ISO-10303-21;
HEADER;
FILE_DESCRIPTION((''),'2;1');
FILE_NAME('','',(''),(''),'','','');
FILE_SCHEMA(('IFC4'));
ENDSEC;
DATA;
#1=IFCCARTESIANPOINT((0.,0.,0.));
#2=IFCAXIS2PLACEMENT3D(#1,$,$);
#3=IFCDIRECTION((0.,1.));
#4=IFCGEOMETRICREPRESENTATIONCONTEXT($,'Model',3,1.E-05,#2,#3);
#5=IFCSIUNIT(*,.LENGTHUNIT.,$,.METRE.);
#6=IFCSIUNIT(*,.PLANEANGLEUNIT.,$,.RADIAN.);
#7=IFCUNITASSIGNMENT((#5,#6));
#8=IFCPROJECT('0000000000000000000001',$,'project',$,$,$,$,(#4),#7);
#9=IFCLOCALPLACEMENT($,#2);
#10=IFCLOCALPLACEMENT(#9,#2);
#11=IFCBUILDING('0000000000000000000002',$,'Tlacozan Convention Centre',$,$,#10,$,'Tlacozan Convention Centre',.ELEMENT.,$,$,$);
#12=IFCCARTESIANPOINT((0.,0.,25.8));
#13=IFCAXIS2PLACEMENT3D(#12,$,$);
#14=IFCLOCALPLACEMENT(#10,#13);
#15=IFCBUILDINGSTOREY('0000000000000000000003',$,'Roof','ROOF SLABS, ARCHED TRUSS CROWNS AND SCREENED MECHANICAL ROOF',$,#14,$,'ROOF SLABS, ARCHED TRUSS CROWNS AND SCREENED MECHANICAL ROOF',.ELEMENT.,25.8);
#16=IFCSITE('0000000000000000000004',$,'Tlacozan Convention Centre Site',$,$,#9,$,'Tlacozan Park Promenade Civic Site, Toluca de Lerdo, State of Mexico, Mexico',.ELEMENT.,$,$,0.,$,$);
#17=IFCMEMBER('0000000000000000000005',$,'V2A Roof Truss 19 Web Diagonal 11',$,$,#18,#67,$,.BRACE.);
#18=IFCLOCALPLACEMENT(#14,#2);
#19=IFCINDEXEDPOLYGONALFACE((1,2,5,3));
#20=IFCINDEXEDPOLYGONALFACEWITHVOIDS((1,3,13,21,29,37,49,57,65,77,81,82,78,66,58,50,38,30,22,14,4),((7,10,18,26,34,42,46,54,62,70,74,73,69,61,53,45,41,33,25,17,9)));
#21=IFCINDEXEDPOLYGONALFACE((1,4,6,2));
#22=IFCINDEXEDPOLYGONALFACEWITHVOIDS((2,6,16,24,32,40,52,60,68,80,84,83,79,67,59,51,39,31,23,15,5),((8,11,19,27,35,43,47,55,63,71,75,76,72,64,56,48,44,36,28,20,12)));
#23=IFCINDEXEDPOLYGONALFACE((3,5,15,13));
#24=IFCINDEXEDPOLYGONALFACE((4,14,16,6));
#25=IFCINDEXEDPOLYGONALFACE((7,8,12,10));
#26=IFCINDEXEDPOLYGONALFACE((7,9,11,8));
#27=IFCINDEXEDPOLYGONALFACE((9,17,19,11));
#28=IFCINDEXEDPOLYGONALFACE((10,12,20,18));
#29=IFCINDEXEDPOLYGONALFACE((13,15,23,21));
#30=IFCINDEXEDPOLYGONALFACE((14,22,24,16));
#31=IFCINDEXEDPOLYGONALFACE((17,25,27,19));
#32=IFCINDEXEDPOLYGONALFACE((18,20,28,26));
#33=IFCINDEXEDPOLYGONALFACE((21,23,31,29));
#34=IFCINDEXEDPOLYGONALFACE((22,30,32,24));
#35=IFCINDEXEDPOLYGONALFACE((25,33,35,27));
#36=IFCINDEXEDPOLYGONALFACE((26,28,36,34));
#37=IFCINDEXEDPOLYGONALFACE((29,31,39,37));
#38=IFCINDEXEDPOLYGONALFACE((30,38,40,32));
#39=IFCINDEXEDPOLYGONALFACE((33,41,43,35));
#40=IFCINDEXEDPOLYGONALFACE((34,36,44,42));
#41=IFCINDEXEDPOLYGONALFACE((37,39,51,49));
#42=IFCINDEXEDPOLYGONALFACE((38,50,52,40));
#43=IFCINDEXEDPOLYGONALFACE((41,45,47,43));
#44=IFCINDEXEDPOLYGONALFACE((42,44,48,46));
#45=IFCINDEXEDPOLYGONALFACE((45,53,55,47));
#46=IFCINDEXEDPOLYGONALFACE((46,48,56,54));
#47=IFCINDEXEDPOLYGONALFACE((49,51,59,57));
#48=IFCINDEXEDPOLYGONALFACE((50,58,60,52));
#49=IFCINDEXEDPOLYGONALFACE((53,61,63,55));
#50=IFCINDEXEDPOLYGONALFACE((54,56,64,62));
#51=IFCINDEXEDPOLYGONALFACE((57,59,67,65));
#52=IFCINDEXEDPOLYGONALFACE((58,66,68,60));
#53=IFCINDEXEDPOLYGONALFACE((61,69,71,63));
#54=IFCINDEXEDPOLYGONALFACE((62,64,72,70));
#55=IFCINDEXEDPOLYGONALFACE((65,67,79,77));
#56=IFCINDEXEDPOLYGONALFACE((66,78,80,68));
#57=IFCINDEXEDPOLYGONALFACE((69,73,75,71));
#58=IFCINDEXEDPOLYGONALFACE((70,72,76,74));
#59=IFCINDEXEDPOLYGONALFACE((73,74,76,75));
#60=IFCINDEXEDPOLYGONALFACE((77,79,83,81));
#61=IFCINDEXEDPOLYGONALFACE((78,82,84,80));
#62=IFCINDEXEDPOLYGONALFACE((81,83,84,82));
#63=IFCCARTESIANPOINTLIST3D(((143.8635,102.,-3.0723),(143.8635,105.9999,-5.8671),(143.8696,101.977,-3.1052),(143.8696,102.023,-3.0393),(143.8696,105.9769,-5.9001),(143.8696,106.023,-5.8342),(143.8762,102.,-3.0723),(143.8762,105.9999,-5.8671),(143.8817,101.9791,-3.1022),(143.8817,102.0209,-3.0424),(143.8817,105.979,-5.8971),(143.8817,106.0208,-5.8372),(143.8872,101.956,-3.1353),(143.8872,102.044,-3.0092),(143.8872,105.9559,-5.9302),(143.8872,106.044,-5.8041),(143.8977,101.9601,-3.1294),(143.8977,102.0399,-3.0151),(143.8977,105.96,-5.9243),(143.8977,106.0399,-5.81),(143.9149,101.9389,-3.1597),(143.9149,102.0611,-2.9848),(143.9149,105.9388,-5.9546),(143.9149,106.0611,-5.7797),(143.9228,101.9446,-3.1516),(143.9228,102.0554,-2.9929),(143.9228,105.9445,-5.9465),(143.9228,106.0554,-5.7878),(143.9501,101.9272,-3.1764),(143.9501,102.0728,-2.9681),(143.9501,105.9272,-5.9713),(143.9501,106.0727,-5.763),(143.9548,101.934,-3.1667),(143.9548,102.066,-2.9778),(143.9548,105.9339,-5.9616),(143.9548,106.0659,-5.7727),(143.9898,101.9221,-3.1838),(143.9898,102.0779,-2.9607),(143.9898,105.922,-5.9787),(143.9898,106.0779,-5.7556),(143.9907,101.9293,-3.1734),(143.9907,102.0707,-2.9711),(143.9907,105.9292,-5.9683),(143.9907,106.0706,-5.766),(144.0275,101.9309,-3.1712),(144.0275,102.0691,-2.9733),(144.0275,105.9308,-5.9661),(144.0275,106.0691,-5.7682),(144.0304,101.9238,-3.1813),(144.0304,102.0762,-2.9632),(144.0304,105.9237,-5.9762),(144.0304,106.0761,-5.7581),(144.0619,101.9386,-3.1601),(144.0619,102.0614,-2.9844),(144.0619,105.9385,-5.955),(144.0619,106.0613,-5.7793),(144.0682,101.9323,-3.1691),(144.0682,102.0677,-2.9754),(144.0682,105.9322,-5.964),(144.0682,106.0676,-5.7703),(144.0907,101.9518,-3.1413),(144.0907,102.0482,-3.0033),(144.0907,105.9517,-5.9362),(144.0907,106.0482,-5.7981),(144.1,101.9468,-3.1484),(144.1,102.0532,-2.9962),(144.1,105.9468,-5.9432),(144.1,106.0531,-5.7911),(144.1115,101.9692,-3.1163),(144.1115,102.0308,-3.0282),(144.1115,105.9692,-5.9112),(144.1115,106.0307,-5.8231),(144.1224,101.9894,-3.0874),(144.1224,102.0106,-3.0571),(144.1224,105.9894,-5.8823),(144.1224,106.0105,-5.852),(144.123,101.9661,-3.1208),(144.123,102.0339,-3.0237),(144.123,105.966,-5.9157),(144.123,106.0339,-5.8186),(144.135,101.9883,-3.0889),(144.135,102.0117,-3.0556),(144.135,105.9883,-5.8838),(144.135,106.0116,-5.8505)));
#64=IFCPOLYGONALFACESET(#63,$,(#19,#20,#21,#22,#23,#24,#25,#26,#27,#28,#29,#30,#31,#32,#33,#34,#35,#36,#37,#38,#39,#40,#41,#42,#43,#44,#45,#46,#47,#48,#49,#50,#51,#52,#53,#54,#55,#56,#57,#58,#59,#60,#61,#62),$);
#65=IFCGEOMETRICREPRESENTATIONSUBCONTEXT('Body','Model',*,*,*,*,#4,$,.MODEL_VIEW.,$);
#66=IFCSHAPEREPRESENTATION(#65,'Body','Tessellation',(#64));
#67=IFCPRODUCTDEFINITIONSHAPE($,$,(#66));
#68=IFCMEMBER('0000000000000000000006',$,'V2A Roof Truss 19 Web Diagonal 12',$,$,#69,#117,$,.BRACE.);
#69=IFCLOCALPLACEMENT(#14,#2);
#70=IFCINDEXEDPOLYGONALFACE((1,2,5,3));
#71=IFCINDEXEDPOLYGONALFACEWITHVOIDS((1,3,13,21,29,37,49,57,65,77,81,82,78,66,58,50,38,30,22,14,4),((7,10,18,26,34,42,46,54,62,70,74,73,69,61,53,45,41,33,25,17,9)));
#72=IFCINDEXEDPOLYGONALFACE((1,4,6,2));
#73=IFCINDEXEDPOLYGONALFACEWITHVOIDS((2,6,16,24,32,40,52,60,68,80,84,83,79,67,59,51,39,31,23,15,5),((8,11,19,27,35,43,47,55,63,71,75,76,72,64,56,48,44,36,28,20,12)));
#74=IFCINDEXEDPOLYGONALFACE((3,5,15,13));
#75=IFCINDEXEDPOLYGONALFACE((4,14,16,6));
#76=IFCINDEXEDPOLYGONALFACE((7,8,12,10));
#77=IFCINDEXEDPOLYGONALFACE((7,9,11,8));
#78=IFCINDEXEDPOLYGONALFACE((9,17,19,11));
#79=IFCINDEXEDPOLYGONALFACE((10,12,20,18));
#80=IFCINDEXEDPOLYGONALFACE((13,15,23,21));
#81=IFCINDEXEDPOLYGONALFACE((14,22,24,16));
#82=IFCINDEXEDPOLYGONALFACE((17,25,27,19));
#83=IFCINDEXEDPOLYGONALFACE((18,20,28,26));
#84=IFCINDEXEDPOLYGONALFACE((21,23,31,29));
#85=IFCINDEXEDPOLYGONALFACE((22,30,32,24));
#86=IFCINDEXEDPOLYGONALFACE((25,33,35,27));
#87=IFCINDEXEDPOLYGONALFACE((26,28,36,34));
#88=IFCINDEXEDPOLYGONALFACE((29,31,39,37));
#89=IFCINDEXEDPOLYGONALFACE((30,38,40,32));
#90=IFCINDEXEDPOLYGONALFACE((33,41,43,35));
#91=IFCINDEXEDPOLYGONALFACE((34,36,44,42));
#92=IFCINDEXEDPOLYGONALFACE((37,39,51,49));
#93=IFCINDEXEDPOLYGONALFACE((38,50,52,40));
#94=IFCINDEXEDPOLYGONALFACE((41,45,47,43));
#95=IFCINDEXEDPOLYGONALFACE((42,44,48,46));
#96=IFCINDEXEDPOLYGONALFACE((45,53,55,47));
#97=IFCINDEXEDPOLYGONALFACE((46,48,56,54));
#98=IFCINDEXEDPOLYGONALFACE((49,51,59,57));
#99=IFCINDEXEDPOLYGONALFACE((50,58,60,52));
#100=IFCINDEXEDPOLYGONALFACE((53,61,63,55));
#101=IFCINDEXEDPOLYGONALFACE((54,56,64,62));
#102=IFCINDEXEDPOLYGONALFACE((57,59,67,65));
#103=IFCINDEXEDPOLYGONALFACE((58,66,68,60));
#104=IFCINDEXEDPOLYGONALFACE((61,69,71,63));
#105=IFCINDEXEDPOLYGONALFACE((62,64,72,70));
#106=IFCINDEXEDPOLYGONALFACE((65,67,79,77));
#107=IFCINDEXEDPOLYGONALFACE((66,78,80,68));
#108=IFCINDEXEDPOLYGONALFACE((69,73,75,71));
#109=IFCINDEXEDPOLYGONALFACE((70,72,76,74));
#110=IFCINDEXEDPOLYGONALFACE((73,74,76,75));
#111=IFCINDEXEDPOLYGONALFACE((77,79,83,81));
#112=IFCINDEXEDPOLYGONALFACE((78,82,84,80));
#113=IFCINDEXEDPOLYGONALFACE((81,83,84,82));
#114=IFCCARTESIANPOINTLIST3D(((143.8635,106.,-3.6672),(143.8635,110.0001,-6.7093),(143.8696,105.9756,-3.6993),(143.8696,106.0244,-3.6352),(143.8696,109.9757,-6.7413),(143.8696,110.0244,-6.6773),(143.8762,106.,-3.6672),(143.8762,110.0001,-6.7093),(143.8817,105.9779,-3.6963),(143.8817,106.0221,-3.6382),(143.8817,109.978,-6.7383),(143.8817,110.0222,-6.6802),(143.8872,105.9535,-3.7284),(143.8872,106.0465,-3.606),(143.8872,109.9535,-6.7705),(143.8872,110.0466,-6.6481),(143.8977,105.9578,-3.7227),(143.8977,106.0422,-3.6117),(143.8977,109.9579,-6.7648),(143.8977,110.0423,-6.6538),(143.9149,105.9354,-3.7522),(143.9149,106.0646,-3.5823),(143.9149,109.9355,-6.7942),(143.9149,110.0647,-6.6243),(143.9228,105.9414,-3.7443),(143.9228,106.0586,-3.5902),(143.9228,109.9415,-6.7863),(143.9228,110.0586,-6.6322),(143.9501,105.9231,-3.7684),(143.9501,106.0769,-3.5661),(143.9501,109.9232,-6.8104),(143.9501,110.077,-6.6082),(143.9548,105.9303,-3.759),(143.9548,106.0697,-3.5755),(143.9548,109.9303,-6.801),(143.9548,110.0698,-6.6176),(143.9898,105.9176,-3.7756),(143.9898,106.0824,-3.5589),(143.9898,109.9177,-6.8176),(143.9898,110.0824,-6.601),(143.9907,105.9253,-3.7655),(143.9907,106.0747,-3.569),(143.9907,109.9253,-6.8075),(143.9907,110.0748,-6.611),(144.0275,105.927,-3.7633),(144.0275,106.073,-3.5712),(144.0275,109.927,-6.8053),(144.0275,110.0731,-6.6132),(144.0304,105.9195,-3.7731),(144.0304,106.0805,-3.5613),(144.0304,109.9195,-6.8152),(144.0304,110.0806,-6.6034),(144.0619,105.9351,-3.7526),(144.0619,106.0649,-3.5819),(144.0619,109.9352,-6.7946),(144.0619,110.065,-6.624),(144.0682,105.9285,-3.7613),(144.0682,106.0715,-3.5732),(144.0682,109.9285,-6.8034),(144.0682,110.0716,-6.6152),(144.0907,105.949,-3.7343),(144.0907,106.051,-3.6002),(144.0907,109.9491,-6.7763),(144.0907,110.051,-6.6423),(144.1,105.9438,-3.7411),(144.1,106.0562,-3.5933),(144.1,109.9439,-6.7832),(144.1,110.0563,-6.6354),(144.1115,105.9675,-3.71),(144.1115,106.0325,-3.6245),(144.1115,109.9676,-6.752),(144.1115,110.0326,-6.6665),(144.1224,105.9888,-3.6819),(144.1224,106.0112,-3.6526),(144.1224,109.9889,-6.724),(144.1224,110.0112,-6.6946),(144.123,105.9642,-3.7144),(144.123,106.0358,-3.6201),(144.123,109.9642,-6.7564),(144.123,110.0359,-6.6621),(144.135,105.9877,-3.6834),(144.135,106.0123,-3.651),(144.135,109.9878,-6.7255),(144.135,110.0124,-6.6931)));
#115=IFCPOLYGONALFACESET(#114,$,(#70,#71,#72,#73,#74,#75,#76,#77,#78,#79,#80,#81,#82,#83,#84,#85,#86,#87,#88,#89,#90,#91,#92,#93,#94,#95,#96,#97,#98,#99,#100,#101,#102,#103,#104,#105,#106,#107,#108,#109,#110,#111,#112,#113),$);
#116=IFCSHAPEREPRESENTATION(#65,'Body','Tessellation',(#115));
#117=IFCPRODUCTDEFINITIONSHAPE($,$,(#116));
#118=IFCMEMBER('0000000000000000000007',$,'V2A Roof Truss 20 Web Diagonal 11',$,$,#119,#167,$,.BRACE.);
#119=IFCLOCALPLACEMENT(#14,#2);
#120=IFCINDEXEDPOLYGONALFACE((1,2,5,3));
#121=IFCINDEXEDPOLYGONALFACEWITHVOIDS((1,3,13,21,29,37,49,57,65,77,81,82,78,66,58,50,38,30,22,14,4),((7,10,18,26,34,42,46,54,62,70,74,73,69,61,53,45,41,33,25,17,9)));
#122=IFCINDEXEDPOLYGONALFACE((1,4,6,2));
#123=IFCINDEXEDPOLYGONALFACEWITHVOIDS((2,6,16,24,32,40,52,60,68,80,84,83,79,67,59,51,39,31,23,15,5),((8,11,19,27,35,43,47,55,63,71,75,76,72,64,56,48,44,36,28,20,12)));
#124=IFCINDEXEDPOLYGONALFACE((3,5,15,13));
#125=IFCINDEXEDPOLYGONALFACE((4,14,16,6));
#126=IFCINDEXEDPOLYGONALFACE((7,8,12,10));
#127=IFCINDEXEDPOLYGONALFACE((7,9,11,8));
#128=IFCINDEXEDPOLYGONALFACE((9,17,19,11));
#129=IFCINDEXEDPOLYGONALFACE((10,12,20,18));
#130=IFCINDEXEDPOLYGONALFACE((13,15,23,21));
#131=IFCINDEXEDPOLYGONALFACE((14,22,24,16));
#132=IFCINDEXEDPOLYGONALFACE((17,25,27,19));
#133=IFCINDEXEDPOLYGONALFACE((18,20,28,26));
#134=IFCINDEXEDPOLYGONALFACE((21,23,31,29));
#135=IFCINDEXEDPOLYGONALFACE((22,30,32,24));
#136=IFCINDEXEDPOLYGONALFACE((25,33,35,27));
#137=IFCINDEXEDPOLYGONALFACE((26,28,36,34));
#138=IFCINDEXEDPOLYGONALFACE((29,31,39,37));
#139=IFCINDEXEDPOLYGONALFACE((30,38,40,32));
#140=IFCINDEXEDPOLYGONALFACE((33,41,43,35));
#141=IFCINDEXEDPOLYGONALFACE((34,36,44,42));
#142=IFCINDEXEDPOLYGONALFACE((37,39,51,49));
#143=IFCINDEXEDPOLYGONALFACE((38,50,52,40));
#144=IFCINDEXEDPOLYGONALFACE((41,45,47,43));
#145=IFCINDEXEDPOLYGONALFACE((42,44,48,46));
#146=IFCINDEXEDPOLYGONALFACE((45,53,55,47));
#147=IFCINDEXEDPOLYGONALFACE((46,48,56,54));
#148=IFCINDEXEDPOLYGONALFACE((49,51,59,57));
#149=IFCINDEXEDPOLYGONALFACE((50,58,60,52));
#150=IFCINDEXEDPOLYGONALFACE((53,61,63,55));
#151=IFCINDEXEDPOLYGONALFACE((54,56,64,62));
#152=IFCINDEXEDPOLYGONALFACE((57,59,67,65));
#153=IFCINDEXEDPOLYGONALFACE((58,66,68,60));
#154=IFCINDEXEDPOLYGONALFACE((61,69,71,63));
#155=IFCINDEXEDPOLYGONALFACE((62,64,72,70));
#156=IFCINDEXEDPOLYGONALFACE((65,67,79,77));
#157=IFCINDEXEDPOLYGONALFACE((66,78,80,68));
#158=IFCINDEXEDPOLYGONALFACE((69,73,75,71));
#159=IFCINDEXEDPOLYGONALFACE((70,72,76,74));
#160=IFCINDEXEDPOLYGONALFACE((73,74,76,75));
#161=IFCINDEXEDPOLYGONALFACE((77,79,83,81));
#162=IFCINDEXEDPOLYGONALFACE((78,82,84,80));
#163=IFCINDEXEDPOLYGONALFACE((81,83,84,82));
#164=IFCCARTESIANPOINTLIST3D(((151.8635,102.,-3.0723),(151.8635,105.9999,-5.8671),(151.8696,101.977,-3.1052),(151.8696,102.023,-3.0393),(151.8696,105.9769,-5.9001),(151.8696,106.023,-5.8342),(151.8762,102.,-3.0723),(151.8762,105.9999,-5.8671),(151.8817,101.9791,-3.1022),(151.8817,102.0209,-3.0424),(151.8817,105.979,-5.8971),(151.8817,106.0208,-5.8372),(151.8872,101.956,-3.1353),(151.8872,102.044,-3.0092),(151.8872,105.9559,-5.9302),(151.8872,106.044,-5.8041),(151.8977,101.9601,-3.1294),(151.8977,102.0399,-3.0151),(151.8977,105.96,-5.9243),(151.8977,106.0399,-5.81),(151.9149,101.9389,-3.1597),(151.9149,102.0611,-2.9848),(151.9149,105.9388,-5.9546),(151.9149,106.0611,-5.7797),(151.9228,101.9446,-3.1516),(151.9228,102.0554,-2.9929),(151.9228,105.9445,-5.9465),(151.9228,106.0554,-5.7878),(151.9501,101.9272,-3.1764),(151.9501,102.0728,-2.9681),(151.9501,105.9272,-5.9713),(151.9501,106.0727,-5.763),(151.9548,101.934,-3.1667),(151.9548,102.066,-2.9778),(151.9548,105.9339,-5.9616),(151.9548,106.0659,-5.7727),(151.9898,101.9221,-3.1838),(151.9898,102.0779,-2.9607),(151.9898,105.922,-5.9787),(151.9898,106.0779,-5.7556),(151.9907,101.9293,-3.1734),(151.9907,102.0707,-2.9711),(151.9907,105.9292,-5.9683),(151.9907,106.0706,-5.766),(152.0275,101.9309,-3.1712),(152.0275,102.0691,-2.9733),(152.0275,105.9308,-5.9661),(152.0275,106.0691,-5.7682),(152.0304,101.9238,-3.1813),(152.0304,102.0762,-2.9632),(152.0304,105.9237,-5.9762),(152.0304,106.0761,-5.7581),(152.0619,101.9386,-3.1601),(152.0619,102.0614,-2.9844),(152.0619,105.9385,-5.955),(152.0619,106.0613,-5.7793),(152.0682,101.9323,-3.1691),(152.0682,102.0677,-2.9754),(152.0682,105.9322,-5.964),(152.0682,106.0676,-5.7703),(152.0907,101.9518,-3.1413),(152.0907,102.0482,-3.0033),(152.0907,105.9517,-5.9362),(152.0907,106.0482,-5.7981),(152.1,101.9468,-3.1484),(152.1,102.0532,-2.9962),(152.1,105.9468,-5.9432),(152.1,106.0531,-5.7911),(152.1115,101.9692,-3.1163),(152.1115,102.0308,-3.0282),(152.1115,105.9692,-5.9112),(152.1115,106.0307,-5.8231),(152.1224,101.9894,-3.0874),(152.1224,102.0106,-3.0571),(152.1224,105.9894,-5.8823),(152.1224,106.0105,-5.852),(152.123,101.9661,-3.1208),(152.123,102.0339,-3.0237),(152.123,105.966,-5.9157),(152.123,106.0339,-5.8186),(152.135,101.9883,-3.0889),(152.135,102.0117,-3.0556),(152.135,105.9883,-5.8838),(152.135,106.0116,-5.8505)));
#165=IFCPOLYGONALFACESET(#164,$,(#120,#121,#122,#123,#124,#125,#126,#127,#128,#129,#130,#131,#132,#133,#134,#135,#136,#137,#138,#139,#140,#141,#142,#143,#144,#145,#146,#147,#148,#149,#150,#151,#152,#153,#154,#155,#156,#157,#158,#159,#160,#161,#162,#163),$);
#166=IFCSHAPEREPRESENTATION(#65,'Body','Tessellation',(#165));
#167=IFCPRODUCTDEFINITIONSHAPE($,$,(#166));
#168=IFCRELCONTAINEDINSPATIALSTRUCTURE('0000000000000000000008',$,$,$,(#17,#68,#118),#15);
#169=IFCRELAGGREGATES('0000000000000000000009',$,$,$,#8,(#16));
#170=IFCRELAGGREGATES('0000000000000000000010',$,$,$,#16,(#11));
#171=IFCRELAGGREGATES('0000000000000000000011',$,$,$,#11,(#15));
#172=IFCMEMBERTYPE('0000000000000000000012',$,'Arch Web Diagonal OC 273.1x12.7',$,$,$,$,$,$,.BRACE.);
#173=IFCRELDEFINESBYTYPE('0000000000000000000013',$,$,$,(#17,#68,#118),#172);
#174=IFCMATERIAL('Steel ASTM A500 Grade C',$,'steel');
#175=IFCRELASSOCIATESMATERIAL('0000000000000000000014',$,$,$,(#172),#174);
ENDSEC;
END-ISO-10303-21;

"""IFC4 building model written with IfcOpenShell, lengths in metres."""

from ifc_helpers import new_model, si_unit, direction, frame, origin, origin_2d, place, context, subcontext, project, spatial, hollow_circle, extrude, material, material_profile, profile_set, type_object, element, save


model = new_model("IFC4")

# Units and contexts
model_context = context("Model", 3, precision=1e-05, world=origin(), true_north=direction((0.0, 1.0)))
body_context = subcontext(model_context, "Body", "Model", "MODEL_VIEW")
ifc_project = project(units=[si_unit("LENGTHUNIT", "METRE"), si_unit("PLANEANGLEUNIT", "RADIAN")], contexts=[model_context])

# Site, building, storey
site_placement = place(None, origin())
site = spatial("IfcSite", under=ifc_project, at=site_placement, Name="Tlacozan Convention Centre Site", LongName="Tlacozan Park Promenade Civic Site, Toluca de Lerdo, State of Mexico, Mexico", CompositionType="ELEMENT", RefElevation=0.0)
building_placement = place(site_placement, origin())
building = spatial("IfcBuilding", under=site, at=building_placement, Name="Tlacozan Convention Centre", LongName="Tlacozan Convention Centre", CompositionType="ELEMENT")
storey_placement = place(building_placement, frame((0.0, 0.0, 25.8)))
storey = spatial("IfcBuildingStorey", under=building, at=storey_placement, Name="Roof", Description="ROOF SLABS, ARCHED TRUSS CROWNS AND SCREENED MECHANICAL ROOF", LongName="ROOF SLABS, ARCHED TRUSS CROWNS AND SCREENED MECHANICAL ROOF", CompositionType="ELEMENT", Elevation=25.8)

# Members
ifc_material_1 = material(Name="Steel ASTM A500 Grade C", Category="steel")
ifc_material_profile_1 = material_profile(ifc_material_1, hollow_circle(Radius=0.1365, WallThickness=0.0127, at=origin_2d()), Name="OC 273.1x12.7")
ifc_profile_set_1 = profile_set([ifc_material_profile_1], Name="Steel ASTM A500 Grade C")
member_type_1 = type_object("IfcMemberType", Name="Arch Web Diagonal OC 273.1x12.7", PredefinedType="BRACE", material=ifc_profile_set_1)
member_1_placement = place(storey_placement, frame((144.0, 102.0, -3.0723), z_axis=(0.0, 0.819721, -0.572764), x_axis=(-1.0, 0.0, 0.0)))
element("IfcMember", 1, at=member_1_placement, inside=storey, type_object=member_type_1, Name="V2A Roof Truss 19 Web Diagonal 11", PredefinedType="BRACE", context=body_context, shape_type="SweptSolid", body=[
    extrude(hollow_circle(Radius=0.1365, WallThickness=0.0127, at=origin_2d()), origin(), (0.0, 0.0, 1.0), 4.8796),
])
member_2_placement = place(storey_placement, frame((144.0, 106.0, -3.6672), z_axis=(0.0, 0.795971, -0.605335), x_axis=(-1.0, 0.0, 0.0)))
element("IfcMember", 2, at=member_2_placement, inside=storey, type_object=member_type_1, Name="V2A Roof Truss 19 Web Diagonal 12", PredefinedType="BRACE", context=body_context, shape_type="SweptSolid", body=[
    extrude(hollow_circle(Radius=0.1365, WallThickness=0.0127, at=origin_2d()), origin(), (0.0, 0.0, 1.0), 5.0254),
])
member_3_placement = place(storey_placement, frame((152.0, 102.0, -3.0723), z_axis=(0.0, 0.819721, -0.572764), x_axis=(-1.0, 0.0, 0.0)))
element("IfcMember", 3, at=member_3_placement, inside=storey, type_object=member_type_1, Name="V2A Roof Truss 20 Web Diagonal 11", PredefinedType="BRACE", context=body_context, shape_type="SweptSolid", body=[
    extrude(hollow_circle(Radius=0.1365, WallThickness=0.0127, at=origin_2d()), origin(), (0.0, 0.0, 1.0), 4.8796),
])

save(model, "model.ifc")
